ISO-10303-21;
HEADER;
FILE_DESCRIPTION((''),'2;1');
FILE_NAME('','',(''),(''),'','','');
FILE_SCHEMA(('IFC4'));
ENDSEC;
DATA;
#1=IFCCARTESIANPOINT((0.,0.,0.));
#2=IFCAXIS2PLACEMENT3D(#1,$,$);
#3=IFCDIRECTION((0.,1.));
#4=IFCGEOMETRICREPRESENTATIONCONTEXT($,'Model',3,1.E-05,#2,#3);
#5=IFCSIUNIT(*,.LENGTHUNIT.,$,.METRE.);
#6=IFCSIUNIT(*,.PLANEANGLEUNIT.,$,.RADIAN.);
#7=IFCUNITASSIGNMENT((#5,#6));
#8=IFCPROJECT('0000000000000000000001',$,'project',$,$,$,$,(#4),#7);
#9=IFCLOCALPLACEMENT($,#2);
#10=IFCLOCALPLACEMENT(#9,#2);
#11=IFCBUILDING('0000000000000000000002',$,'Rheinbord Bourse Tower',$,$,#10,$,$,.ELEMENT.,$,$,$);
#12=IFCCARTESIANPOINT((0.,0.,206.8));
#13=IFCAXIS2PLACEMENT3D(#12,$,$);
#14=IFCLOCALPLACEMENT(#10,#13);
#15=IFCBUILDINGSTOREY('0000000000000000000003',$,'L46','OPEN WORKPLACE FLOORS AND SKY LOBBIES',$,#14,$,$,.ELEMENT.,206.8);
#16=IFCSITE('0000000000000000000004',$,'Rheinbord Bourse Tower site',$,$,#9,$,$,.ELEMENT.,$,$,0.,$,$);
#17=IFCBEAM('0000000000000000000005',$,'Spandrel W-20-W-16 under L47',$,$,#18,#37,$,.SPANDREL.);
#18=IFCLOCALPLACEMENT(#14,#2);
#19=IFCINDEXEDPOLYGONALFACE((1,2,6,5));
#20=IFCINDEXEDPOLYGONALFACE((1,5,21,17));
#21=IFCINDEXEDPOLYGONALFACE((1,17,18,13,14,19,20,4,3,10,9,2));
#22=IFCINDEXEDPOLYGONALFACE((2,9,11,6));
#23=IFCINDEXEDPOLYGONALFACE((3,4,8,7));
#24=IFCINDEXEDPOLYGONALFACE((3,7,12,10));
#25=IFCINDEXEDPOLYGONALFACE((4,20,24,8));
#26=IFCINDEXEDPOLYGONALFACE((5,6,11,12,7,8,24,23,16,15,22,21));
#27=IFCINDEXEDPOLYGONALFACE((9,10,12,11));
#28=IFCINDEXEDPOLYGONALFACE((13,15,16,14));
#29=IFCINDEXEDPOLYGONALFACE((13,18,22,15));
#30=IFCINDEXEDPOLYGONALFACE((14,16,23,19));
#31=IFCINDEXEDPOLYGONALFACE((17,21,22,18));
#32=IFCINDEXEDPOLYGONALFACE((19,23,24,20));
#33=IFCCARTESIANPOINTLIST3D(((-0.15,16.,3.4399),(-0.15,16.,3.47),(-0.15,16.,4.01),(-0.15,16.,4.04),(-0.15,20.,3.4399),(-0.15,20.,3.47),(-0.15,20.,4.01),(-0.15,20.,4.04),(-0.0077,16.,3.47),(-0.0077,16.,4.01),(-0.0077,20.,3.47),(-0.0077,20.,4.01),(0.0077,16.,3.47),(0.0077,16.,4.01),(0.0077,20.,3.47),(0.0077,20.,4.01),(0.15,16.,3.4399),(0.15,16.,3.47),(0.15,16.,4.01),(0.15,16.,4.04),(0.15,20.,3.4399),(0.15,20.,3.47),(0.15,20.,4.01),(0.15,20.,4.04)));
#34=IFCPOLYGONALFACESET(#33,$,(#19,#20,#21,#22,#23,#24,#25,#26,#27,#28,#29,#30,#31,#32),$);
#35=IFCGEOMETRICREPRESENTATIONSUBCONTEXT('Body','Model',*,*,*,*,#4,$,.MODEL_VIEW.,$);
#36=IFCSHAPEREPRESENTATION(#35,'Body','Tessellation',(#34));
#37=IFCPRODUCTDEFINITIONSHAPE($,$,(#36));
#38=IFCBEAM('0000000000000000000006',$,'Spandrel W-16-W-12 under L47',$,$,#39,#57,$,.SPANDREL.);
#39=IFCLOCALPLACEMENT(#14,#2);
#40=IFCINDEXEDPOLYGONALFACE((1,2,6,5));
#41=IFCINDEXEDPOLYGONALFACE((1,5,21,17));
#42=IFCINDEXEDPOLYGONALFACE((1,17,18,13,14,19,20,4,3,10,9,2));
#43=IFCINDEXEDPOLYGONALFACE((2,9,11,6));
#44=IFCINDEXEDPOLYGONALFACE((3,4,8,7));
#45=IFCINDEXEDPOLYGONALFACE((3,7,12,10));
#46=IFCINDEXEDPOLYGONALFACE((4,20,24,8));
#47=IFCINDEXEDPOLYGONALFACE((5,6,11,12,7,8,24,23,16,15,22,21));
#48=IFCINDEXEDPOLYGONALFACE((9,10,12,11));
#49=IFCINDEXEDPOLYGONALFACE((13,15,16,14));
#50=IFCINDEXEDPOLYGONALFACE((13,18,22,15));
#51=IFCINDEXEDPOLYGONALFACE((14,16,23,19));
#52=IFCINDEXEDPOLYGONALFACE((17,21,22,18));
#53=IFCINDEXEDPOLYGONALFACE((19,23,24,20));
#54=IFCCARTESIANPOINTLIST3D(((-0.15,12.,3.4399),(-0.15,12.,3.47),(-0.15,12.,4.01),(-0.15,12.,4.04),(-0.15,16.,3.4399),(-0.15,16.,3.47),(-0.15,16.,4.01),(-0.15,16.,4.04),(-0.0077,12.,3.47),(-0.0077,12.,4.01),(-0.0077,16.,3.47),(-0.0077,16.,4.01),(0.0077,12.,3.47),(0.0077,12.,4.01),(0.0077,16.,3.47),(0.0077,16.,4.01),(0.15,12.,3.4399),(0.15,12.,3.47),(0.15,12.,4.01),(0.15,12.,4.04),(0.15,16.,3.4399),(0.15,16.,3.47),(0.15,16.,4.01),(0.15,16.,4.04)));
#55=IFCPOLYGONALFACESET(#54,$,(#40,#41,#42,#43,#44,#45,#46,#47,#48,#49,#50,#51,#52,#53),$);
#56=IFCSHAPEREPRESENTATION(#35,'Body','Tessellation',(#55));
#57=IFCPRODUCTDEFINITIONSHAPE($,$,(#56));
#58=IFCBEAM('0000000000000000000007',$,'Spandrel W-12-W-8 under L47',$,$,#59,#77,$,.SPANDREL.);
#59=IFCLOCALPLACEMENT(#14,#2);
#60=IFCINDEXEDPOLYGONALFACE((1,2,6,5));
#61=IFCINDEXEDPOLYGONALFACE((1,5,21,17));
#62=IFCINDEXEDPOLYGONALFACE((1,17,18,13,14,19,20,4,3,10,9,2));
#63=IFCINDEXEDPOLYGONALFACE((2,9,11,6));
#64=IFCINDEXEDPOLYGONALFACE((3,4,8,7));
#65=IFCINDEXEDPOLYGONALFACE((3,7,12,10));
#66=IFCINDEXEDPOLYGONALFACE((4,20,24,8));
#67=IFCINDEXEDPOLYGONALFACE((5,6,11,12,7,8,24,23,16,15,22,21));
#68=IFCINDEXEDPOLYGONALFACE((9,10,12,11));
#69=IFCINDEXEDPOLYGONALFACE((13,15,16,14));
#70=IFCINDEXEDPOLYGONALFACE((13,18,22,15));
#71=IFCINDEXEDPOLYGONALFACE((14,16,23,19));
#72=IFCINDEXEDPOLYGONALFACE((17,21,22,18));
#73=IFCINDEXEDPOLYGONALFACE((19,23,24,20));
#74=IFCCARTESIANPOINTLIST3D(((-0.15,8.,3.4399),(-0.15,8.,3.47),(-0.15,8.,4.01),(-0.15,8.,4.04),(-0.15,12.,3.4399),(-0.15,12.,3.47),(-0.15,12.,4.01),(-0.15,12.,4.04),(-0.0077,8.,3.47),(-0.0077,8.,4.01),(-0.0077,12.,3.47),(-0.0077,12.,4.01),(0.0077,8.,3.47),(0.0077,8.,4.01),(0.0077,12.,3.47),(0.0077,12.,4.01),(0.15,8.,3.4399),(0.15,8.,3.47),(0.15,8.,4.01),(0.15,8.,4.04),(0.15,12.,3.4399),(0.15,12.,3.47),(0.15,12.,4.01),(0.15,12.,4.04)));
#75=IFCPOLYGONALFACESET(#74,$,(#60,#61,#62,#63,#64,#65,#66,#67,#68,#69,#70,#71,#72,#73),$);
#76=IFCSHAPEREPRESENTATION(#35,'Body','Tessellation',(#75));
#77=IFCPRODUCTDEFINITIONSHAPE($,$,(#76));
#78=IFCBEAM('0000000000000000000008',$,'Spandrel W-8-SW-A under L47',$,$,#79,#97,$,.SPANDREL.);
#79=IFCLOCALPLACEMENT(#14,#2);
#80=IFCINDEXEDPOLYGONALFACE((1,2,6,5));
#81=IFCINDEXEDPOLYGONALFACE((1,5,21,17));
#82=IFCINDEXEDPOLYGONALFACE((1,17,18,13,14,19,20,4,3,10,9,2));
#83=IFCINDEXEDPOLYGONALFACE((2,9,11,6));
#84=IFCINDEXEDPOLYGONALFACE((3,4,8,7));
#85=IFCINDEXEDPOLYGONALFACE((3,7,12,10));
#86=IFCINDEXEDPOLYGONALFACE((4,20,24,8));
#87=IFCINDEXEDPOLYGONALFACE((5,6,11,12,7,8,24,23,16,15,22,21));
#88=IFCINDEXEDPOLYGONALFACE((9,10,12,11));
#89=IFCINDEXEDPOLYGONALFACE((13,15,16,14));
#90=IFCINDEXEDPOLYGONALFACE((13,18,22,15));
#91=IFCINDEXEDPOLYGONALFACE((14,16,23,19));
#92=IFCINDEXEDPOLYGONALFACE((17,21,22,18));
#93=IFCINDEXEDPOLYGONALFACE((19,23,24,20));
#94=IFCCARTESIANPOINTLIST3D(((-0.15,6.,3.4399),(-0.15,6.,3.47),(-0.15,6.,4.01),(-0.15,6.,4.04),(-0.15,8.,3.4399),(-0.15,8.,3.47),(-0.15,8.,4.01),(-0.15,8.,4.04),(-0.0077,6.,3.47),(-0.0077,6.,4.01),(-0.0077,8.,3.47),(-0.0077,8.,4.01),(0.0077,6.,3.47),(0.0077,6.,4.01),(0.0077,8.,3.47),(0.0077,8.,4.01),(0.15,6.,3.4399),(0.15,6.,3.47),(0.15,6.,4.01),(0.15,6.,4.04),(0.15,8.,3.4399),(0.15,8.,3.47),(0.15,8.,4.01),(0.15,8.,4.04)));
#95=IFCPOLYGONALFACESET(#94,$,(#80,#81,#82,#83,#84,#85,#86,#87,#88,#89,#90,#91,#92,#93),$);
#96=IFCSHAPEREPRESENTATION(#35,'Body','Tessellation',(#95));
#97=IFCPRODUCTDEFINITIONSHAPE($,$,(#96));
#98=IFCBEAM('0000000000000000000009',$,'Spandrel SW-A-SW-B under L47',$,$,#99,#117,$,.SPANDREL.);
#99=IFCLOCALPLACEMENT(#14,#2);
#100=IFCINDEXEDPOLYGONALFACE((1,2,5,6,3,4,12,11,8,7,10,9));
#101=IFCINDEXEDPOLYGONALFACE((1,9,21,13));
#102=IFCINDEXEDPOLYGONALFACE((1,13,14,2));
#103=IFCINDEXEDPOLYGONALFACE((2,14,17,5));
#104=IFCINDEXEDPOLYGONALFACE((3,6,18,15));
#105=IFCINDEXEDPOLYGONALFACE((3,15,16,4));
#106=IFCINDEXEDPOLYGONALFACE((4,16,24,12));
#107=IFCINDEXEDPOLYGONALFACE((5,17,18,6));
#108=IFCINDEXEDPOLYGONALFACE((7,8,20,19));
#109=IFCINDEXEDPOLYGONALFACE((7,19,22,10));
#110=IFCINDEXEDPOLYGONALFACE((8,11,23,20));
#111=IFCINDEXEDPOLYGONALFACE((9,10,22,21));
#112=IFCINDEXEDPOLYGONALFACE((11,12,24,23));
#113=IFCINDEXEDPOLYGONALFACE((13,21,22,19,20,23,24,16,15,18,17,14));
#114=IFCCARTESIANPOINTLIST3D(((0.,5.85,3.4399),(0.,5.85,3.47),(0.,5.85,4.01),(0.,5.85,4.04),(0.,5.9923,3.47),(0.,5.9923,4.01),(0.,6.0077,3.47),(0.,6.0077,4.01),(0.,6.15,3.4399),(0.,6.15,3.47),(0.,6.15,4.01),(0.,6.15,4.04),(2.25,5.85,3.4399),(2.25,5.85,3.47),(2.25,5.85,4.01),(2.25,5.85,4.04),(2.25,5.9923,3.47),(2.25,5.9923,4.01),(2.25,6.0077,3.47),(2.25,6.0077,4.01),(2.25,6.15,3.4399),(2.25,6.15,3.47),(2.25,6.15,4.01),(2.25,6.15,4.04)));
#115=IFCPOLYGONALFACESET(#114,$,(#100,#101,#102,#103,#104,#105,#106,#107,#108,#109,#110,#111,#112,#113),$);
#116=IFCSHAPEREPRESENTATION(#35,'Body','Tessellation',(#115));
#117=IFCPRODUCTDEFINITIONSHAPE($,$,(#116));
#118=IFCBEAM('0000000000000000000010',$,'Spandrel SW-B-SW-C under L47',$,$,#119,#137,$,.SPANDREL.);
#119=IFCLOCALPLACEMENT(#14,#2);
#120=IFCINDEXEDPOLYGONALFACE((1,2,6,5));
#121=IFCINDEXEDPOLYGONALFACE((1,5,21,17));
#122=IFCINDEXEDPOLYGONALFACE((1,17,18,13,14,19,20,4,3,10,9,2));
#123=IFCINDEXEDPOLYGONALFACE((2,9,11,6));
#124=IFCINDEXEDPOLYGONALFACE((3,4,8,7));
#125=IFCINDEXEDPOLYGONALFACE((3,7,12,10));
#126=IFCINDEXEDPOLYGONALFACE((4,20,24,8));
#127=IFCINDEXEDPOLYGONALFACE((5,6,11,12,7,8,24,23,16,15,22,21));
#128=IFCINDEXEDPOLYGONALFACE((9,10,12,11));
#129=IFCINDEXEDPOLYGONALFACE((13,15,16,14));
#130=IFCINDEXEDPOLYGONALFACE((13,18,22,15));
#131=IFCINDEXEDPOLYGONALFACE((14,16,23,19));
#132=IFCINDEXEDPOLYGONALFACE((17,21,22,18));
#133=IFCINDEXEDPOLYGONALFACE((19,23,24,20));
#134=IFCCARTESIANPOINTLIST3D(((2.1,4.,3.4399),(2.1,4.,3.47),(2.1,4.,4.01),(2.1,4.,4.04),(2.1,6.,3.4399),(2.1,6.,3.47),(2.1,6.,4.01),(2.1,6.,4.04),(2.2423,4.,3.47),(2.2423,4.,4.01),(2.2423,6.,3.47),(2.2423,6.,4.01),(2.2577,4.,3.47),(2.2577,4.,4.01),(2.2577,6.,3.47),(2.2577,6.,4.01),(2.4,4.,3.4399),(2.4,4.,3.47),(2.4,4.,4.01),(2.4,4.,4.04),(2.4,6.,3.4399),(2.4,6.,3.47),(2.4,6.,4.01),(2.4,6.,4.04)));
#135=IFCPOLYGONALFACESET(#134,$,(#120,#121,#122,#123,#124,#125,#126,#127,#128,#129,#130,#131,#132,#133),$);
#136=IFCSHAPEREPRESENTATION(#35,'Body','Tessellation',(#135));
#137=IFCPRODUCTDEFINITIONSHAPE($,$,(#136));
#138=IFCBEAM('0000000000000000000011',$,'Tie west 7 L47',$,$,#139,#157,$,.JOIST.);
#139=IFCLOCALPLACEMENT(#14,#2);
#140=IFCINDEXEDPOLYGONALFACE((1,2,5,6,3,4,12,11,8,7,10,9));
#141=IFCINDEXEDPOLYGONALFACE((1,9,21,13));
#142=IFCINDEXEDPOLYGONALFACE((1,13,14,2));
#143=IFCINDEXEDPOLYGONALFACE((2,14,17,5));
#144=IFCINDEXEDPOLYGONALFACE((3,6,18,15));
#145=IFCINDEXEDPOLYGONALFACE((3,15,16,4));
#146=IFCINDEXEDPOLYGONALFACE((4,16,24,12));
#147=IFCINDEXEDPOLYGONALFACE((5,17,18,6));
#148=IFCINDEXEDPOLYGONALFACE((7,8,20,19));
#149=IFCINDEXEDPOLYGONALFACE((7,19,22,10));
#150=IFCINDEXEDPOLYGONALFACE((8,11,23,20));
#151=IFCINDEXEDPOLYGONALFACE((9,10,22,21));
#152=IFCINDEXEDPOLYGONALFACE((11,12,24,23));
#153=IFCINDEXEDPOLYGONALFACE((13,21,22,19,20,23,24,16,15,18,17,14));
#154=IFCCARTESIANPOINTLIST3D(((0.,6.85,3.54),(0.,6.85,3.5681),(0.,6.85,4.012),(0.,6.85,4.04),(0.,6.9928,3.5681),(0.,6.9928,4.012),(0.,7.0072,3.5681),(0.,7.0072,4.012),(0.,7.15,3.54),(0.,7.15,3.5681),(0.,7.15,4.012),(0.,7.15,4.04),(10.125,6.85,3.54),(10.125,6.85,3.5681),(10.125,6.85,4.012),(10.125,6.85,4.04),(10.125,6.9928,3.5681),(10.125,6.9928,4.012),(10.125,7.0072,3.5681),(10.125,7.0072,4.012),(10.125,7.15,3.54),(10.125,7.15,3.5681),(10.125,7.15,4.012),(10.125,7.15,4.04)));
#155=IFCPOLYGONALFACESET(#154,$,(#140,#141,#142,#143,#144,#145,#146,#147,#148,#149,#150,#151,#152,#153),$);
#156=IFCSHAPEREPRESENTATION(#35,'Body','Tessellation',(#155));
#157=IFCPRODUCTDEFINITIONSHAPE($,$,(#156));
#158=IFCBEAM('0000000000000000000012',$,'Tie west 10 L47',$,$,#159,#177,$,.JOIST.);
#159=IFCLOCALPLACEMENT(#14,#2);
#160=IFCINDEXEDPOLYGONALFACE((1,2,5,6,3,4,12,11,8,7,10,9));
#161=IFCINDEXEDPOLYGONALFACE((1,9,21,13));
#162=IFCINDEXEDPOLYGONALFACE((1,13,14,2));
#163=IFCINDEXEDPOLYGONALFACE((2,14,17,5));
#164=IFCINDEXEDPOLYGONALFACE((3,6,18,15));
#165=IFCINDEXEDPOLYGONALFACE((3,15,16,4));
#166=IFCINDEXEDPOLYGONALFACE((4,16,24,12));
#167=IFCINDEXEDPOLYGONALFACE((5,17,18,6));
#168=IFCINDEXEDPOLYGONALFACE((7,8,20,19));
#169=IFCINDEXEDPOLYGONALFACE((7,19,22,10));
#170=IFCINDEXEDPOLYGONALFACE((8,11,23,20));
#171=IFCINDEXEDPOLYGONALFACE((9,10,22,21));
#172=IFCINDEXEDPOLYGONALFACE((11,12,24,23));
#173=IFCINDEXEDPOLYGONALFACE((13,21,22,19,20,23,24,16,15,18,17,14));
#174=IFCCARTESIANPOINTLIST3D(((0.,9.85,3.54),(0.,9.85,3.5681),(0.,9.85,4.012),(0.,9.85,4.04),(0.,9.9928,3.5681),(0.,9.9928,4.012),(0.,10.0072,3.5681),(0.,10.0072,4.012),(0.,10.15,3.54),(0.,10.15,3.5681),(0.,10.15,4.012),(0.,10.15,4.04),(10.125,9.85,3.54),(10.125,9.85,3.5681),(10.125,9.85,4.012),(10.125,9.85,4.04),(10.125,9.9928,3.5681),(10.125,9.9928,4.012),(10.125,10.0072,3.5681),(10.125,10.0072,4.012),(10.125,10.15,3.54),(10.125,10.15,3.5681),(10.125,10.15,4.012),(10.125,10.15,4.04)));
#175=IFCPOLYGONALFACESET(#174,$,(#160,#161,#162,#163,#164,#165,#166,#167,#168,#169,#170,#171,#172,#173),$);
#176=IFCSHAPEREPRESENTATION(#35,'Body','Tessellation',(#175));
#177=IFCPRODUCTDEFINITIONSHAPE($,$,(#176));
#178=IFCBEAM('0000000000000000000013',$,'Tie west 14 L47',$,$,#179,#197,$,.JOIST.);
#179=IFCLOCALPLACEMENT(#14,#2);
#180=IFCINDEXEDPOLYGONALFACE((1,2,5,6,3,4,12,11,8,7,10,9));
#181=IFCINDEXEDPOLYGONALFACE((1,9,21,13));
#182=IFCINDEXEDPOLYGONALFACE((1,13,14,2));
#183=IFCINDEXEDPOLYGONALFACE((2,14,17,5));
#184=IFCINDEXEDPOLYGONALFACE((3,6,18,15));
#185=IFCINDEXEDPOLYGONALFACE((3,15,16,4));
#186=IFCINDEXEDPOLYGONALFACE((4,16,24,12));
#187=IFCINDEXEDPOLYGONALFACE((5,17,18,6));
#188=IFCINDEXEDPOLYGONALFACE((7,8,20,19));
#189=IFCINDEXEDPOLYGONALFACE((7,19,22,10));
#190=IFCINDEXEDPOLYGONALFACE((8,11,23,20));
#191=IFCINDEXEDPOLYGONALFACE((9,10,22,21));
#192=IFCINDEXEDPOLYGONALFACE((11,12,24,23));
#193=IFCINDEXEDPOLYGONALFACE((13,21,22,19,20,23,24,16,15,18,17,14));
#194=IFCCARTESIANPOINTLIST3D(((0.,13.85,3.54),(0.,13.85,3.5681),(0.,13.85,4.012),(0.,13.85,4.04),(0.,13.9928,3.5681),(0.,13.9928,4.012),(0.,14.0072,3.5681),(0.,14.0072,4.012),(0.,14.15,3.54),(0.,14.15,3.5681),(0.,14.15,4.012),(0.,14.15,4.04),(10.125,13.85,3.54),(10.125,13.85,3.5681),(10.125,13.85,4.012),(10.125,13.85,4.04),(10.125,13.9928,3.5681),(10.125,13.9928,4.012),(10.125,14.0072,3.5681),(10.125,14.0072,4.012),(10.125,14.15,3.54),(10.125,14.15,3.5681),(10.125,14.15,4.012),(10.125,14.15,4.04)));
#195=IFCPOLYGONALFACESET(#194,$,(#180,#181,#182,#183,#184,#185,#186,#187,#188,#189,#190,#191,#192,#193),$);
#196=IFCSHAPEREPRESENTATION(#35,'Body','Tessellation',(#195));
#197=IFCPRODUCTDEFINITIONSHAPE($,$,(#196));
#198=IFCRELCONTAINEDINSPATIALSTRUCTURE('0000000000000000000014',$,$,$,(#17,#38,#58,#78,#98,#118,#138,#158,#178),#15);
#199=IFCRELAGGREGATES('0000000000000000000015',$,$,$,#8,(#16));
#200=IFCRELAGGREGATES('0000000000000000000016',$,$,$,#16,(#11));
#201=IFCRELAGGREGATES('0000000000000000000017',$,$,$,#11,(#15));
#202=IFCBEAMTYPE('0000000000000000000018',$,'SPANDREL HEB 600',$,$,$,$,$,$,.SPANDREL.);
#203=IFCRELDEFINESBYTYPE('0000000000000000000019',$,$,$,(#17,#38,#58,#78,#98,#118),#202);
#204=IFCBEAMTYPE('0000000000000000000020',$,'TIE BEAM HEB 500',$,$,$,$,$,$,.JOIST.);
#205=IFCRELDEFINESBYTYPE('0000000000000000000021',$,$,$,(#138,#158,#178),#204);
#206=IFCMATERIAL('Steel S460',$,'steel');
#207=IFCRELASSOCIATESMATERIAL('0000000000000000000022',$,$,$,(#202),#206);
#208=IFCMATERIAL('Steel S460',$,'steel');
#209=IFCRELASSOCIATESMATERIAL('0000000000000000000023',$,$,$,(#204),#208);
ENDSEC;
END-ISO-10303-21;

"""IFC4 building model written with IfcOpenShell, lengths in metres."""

from ifc_helpers import new_model, si_unit, direction, frame, origin, origin_2d, place, context, subcontext, project, spatial, i_section, extrude, material, material_profile, profile_set, type_object, element, save


model = new_model("IFC4")

# Units and contexts
model_context = context("Model", 3, precision=1e-05, world=origin(), true_north=direction((0.0, 1.0)))
body_context = subcontext(model_context, "Body", "Model", "MODEL_VIEW")
ifc_project = project(units=[si_unit("LENGTHUNIT", "METRE"), si_unit("PLANEANGLEUNIT", "RADIAN")], contexts=[model_context])

# Site, building, storey
site_placement = place(None, origin())
site = spatial("IfcSite", under=ifc_project, at=site_placement, Name="Rheinbord Bourse Tower site", CompositionType="ELEMENT", RefElevation=0.0)
building_placement = place(site_placement, origin())
building = spatial("IfcBuilding", under=site, at=building_placement, Name="Rheinbord Bourse Tower", CompositionType="ELEMENT")
storey_placement = place(building_placement, frame((0.0, 0.0, 206.8)))
storey = spatial("IfcBuildingStorey", under=building, at=storey_placement, Name="L46", Description="OPEN WORKPLACE FLOORS AND SKY LOBBIES", CompositionType="ELEMENT", Elevation=206.8)

# Beams
ifc_material_1 = material(Name="Steel S460", Category="steel")
ifc_material_profile_1 = material_profile(ifc_material_1, i_section(OverallWidth=0.3, OverallDepth=0.6001, WebThickness=0.0154, FlangeThickness=0.03, at=origin_2d()), Name="HEB 600")
ifc_profile_set_1 = profile_set([ifc_material_profile_1], Name="Steel S460")
beam_type_1 = type_object("IfcBeamType", Name="SPANDREL HEB 600", PredefinedType="SPANDREL", material=ifc_profile_set_1)
for number, where, z_axis, x_axis, name in (
    (1, (0.0, 20.0, 3.74), (0.0, -1.0, 0.0), (1.0, 0.0, 0.0), "Spandrel W-20-W-16 under L47"),
    (2, (0.0, 16.0, 3.74), (0.0, -1.0, 0.0), (1.0, 0.0, 0.0), "Spandrel W-16-W-12 under L47"),
    (3, (0.0, 12.0, 3.74), (0.0, -1.0, 0.0), (1.0, 0.0, 0.0), "Spandrel W-12-W-8 under L47"),
):
    element("IfcBeam", number, at=place(storey_placement, frame(where, z_axis=z_axis, x_axis=x_axis)), inside=storey, type_object=beam_type_1, Name=name, PredefinedType="SPANDREL", context=body_context, shape_type="SweptSolid", body=[
        extrude(i_section(OverallWidth=0.3, OverallDepth=0.6001, WebThickness=0.0154, FlangeThickness=0.03, at=origin_2d()), origin(), (0.0, 0.0, 1.0), 4.0),
    ])
beam_1_placement = place(storey_placement, frame((0.0, 8.0, 3.74), z_axis=(0.0, -1.0, 0.0), x_axis=(1.0, 0.0, 0.0)))
element("IfcBeam", 4, at=beam_1_placement, inside=storey, type_object=beam_type_1, Name="Spandrel W-8-SW-A under L47", PredefinedType="SPANDREL", context=body_context, shape_type="SweptSolid", body=[
    extrude(i_section(OverallWidth=0.3, OverallDepth=0.6001, WebThickness=0.0154, FlangeThickness=0.03, at=origin_2d()), origin(), (0.0, 0.0, 1.0), 2.0),
])
beam_2_placement = place(storey_placement, frame((0.0, 6.0, 3.74), z_axis=(1.0, 0.0, 0.0), x_axis=(0.0, 1.0, 0.0)))
element("IfcBeam", 5, at=beam_2_placement, inside=storey, type_object=beam_type_1, Name="Spandrel SW-A-SW-B under L47", PredefinedType="SPANDREL", context=body_context, shape_type="SweptSolid", body=[
    extrude(i_section(OverallWidth=0.3, OverallDepth=0.6001, WebThickness=0.0154, FlangeThickness=0.03, at=origin_2d()), origin(), (0.0, 0.0, 1.0), 2.25),
])
beam_3_placement = place(storey_placement, frame((2.25, 6.0, 3.74), z_axis=(0.0, -1.0, 0.0), x_axis=(1.0, 0.0, 0.0)))
element("IfcBeam", 6, at=beam_3_placement, inside=storey, type_object=beam_type_1, Name="Spandrel SW-B-SW-C under L47", PredefinedType="SPANDREL", context=body_context, shape_type="SweptSolid", body=[
    extrude(i_section(OverallWidth=0.3, OverallDepth=0.6001, WebThickness=0.0154, FlangeThickness=0.03, at=origin_2d()), origin(), (0.0, 0.0, 1.0), 2.0),
])
ifc_material_2 = material(Name="Steel S460", Category="steel")
ifc_material_profile_2 = material_profile(ifc_material_2, i_section(OverallWidth=0.3, OverallDepth=0.5, WebThickness=0.0144, FlangeThickness=0.0281, at=origin_2d()), Name="HEB 500")
ifc_profile_set_2 = profile_set([ifc_material_profile_2], Name="Steel S460")
beam_type_2 = type_object("IfcBeamType", Name="TIE BEAM HEB 500", PredefinedType="JOIST", material=ifc_profile_set_2)
for number, where, z_axis, x_axis, name in (
    (7, (0.0, 7.0, 3.79), (1.0, 0.0, 0.0), (0.0, 1.0, 0.0), "Tie west 7 L47"),
    (8, (0.0, 10.0, 3.79), (1.0, 0.0, 0.0), (0.0, 1.0, 0.0), "Tie west 10 L47"),
    (9, (0.0, 14.0, 3.79), (1.0, 0.0, 0.0), (0.0, 1.0, 0.0), "Tie west 14 L47"),
):
    element("IfcBeam", number, at=place(storey_placement, frame(where, z_axis=z_axis, x_axis=x_axis)), inside=storey, type_object=beam_type_2, Name=name, PredefinedType="JOIST", context=body_context, shape_type="SweptSolid", body=[
        extrude(i_section(OverallWidth=0.3, OverallDepth=0.5, WebThickness=0.0144, FlangeThickness=0.0281, at=origin_2d()), origin(), (0.0, 0.0, 1.0), 10.125),
    ])

save(model, "model.ifc")
